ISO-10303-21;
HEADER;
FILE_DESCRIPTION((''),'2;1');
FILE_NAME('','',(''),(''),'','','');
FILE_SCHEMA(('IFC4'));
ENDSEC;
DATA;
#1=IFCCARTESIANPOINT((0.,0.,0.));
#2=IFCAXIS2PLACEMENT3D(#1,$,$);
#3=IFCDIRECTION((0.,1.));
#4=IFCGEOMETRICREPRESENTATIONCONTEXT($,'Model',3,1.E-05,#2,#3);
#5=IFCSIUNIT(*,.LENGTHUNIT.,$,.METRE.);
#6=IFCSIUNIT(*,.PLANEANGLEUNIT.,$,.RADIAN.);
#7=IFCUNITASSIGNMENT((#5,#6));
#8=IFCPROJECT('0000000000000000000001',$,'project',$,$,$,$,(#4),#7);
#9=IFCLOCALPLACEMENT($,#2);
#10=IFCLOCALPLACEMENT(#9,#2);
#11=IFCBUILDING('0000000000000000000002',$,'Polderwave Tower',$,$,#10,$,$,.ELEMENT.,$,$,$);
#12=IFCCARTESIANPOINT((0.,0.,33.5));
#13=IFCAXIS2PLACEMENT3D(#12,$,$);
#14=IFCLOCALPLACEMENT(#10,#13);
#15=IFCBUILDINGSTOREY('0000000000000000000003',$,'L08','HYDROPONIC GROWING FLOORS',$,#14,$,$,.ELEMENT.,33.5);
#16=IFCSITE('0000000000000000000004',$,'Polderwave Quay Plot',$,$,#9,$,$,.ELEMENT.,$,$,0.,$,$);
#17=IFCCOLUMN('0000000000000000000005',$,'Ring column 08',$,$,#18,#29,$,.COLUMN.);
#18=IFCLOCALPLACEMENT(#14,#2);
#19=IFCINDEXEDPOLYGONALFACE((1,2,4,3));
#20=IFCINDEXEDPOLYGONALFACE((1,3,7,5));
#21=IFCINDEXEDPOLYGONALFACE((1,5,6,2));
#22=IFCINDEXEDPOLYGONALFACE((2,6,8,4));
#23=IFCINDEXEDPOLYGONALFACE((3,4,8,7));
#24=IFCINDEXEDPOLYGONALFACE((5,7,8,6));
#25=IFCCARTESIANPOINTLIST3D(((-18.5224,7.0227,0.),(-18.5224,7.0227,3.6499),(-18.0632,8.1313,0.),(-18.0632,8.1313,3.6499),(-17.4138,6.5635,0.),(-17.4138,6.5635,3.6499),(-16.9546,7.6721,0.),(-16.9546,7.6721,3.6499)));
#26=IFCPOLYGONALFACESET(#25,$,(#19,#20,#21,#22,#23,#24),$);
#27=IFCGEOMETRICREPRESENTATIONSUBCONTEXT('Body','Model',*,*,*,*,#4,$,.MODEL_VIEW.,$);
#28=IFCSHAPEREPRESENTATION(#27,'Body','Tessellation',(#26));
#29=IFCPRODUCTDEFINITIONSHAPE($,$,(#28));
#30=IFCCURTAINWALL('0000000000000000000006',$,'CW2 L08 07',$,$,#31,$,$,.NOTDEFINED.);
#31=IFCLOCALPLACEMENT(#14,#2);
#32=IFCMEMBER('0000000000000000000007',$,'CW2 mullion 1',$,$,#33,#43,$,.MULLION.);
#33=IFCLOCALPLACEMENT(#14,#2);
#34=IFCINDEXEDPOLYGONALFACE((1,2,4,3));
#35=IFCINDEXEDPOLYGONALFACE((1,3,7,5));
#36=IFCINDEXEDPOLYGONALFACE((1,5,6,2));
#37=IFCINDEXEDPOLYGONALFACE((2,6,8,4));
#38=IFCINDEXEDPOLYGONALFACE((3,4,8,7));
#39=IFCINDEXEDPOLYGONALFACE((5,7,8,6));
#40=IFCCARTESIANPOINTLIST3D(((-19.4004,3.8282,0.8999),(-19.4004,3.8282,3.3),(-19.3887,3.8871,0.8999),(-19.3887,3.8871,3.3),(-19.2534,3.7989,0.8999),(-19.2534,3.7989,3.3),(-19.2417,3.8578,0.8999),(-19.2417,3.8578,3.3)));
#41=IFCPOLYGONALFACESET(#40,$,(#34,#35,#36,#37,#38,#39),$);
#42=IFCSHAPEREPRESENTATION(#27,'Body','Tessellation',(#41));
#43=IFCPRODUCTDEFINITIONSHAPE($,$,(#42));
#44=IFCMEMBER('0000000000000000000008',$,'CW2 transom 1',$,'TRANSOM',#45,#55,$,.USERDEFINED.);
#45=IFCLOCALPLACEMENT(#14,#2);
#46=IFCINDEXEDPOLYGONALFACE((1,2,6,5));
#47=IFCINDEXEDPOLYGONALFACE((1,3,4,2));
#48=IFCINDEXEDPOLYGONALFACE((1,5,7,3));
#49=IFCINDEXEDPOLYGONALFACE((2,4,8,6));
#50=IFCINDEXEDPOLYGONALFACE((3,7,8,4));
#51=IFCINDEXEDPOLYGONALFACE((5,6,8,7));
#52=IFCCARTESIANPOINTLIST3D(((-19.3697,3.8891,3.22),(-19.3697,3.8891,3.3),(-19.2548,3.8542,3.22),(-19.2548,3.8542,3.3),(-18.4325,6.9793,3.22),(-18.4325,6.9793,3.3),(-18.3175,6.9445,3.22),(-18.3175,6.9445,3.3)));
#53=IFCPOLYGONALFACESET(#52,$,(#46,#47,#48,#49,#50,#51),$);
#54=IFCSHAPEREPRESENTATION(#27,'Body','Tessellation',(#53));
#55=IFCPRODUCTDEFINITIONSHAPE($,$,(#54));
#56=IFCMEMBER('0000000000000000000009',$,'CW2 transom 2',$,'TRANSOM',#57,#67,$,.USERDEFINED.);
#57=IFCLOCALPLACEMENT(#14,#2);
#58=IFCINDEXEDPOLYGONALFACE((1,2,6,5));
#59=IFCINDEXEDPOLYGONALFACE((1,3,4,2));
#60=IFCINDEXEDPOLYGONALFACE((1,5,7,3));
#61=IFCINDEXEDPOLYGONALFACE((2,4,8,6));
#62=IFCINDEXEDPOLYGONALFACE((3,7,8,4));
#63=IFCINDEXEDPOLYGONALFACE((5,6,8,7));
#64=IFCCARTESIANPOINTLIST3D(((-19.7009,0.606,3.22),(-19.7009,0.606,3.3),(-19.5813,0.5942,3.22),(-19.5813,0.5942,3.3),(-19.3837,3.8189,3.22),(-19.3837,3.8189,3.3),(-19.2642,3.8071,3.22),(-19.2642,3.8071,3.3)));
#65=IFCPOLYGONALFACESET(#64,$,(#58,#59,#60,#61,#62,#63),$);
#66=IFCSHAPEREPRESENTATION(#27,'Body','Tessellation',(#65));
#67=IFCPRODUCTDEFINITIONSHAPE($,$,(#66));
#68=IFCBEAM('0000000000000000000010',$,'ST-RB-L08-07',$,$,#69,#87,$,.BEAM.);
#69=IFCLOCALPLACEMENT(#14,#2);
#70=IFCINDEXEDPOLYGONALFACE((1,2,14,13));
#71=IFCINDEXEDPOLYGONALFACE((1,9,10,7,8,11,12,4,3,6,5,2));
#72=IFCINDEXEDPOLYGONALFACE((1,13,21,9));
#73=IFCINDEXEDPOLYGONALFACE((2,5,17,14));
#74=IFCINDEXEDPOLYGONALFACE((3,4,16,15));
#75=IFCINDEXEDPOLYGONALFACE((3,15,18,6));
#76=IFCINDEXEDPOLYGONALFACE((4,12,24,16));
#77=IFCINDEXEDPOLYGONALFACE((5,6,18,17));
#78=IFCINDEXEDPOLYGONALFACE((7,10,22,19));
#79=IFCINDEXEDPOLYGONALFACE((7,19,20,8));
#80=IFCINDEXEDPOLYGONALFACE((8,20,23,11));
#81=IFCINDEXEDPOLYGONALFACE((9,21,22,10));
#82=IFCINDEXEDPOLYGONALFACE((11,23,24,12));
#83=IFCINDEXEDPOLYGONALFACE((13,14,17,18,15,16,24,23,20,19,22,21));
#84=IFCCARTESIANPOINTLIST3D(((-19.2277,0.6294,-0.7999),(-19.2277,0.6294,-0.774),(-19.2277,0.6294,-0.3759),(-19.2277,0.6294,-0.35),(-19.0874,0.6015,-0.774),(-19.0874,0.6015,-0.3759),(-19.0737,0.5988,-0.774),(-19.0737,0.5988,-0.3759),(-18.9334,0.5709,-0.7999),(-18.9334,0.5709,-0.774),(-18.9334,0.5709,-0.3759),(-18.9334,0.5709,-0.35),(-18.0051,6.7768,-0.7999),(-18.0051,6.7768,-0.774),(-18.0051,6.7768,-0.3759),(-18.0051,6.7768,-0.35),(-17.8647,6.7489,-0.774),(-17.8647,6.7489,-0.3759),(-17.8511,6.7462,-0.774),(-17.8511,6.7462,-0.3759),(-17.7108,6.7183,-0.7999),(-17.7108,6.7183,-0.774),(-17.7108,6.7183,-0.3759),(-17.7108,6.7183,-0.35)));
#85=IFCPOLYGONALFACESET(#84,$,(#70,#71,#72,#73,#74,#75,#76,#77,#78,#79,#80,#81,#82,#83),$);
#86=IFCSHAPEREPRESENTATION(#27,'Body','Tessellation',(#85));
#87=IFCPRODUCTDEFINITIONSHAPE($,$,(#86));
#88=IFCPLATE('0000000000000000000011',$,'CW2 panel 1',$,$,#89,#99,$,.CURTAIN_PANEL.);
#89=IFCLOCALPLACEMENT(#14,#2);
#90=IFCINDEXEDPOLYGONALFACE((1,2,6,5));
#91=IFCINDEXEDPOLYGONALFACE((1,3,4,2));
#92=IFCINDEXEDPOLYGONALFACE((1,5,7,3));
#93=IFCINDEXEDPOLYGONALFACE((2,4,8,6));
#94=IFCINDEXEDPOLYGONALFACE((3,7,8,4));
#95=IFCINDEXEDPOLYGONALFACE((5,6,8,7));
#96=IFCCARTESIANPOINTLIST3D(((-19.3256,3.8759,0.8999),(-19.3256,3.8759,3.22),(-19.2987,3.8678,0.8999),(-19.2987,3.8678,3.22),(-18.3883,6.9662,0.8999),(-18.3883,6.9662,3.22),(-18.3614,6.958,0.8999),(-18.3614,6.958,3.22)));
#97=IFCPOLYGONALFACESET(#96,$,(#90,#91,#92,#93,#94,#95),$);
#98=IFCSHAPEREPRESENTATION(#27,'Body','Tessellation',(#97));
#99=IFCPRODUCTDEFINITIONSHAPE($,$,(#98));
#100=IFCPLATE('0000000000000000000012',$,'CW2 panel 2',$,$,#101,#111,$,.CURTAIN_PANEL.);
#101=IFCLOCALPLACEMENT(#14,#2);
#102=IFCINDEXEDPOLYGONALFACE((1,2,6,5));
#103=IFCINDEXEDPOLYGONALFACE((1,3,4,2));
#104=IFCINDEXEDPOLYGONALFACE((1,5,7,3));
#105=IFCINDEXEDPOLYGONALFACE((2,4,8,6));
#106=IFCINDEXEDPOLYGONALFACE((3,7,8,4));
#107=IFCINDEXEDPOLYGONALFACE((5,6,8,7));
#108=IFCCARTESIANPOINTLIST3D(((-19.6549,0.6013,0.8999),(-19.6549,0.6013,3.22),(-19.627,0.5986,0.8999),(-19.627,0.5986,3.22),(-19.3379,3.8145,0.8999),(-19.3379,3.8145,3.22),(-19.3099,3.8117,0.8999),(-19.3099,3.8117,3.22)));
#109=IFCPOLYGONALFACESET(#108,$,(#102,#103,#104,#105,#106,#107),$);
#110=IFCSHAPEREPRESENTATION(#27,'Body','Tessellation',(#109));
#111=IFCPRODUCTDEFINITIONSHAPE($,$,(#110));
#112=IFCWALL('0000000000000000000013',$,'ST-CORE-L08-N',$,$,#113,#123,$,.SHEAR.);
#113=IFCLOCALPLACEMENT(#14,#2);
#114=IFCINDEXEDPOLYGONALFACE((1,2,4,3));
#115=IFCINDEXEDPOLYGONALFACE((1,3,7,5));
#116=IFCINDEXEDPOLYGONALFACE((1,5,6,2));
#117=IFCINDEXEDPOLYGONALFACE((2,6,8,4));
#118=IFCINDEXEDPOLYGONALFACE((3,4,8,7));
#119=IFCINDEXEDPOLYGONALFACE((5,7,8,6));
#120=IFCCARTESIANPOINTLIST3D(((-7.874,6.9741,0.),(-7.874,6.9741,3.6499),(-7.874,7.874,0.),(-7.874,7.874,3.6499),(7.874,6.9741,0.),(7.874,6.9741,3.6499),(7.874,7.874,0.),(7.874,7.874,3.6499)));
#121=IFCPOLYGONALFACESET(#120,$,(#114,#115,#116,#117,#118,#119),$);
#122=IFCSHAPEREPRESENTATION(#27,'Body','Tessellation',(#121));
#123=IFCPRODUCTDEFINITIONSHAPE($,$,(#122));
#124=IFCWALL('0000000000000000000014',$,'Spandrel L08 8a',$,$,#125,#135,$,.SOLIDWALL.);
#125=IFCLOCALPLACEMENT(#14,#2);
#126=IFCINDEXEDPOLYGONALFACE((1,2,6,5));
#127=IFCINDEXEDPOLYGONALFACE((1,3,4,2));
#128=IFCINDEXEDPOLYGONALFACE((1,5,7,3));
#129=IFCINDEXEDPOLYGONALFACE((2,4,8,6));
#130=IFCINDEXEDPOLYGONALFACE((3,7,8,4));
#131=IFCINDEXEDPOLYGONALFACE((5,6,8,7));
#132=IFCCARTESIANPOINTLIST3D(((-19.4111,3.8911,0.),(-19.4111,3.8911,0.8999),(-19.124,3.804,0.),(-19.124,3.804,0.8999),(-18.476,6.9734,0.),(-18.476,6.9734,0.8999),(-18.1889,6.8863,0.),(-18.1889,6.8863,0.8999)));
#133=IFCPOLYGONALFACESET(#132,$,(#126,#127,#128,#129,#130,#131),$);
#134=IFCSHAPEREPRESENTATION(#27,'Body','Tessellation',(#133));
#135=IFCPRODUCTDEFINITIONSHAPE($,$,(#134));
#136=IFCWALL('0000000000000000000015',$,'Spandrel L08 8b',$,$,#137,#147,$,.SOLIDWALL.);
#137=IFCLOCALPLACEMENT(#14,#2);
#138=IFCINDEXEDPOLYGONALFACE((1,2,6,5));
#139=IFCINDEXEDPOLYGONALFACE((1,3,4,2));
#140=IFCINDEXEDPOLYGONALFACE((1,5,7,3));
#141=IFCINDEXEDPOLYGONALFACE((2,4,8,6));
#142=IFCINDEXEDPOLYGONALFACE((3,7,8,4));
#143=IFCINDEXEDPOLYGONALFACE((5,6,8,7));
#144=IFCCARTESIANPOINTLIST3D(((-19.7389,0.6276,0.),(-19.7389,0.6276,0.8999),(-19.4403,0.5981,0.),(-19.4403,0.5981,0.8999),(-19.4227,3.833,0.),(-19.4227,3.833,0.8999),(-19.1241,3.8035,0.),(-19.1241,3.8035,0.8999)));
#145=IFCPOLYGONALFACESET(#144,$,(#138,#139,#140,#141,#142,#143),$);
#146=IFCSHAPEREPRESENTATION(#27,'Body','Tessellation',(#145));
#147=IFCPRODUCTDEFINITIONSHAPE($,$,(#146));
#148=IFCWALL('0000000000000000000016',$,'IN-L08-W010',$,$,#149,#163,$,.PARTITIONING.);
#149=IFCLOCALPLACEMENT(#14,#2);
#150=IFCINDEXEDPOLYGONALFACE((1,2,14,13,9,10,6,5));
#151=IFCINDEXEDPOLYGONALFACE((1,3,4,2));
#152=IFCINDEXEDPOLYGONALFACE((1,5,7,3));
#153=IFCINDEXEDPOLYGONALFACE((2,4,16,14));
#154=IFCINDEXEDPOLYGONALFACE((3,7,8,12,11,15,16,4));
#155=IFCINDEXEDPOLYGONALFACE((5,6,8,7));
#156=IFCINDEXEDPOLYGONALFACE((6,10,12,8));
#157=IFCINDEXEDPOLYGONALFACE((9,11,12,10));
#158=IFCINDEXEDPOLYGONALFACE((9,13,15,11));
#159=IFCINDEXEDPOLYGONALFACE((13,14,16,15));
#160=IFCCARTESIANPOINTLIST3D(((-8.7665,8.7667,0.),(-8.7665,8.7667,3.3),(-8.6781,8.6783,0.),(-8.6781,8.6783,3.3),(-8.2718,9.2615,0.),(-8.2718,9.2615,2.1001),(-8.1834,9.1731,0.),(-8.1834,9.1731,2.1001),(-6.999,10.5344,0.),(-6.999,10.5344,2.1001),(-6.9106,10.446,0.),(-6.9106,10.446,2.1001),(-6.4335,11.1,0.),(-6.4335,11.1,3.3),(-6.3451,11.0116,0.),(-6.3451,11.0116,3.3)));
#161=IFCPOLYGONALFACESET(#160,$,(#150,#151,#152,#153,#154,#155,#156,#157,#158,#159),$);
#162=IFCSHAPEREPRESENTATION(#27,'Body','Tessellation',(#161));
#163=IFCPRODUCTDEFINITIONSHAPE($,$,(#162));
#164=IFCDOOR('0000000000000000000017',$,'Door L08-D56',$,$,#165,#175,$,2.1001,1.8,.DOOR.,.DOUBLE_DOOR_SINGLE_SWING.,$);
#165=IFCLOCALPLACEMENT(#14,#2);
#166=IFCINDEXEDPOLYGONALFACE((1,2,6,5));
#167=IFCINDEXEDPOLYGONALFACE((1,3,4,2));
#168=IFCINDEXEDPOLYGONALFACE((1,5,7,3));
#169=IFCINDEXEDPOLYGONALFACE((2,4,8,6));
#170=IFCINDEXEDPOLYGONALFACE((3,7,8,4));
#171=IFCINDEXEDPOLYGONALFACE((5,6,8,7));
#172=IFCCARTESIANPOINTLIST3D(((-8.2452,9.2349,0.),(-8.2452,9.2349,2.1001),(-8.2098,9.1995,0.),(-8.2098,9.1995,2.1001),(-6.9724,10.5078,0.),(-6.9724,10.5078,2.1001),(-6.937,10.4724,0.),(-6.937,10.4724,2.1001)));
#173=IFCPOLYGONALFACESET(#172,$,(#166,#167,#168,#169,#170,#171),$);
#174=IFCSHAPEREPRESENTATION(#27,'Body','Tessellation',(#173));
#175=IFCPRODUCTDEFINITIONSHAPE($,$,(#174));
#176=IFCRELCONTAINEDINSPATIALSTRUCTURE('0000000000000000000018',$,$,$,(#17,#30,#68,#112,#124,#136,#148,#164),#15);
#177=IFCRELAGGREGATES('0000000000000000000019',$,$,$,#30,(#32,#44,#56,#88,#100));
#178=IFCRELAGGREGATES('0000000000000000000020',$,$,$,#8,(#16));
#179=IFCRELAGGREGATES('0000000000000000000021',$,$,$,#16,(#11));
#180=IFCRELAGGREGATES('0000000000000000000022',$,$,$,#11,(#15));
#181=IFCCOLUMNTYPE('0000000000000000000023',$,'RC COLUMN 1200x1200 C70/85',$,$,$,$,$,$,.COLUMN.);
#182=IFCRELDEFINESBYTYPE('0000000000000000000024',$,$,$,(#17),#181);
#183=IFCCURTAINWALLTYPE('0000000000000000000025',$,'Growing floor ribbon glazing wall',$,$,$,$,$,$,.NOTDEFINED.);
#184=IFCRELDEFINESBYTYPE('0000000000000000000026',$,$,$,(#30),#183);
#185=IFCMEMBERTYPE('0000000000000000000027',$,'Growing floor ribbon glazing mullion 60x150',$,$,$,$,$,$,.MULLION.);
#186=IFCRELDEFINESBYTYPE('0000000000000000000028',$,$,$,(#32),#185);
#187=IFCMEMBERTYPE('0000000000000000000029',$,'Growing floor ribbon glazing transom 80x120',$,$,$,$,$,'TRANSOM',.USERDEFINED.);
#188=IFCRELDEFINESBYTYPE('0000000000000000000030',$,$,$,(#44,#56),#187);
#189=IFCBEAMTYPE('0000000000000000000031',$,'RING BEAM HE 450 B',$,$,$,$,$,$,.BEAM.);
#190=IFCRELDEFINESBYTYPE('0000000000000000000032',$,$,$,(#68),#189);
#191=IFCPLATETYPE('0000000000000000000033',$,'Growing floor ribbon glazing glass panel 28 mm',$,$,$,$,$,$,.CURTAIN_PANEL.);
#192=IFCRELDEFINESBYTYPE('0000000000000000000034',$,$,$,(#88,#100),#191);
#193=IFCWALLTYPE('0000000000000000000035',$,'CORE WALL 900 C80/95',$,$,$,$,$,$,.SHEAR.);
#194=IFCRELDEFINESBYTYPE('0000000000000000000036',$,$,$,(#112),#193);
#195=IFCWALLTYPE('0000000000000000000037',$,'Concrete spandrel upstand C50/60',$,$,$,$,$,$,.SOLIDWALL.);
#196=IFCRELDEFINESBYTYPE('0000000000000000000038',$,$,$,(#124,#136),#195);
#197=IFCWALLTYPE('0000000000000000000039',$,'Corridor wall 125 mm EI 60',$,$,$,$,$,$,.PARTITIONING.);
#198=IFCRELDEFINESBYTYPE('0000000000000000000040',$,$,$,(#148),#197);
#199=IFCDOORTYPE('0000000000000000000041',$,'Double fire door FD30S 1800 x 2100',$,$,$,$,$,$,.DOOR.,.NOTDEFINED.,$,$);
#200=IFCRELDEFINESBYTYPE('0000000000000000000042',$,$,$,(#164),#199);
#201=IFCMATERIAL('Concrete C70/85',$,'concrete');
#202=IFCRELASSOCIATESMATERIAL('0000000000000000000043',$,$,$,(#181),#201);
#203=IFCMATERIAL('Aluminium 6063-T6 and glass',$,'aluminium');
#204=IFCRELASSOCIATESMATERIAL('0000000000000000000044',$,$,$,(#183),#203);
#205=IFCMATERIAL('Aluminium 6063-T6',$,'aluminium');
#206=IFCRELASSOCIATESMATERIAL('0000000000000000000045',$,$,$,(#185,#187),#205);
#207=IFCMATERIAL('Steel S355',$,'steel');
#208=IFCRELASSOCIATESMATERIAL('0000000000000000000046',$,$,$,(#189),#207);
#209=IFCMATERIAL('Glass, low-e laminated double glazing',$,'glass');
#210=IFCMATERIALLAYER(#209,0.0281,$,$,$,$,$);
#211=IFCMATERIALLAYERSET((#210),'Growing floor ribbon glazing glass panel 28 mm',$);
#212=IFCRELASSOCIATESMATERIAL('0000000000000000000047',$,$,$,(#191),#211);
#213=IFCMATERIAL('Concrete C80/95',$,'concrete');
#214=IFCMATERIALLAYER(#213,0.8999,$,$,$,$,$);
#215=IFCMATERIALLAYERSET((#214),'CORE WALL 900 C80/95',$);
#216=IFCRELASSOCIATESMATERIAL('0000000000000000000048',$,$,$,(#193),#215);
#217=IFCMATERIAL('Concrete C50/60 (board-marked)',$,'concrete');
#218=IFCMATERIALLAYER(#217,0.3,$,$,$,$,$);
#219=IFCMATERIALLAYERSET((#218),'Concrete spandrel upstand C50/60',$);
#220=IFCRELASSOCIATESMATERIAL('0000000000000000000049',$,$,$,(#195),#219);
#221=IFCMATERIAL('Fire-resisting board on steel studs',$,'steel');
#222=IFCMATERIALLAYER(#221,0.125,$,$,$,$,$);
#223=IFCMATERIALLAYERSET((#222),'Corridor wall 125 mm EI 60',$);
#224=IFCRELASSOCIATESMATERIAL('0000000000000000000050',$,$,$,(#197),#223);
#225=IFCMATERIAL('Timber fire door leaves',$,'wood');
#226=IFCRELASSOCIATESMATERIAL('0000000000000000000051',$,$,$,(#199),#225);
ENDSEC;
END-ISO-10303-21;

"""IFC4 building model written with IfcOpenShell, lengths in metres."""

from ifc_helpers import new_model, si_unit, direction, frame, frame_2d, origin, origin_2d, place, context, subcontext, project, spatial, rectangle, i_section, extrude, material, layer, layer_set, material_profile, profile_set, type_object, element, fill, aggregate, save


model = new_model("IFC4")

# Units and contexts
model_context = context("Model", 3, precision=1e-05, world=origin(), true_north=direction((0.0, 1.0)))
body_context = subcontext(model_context, "Body", "Model", "MODEL_VIEW")
ifc_project = project(units=[si_unit("LENGTHUNIT", "METRE"), si_unit("PLANEANGLEUNIT", "RADIAN")], contexts=[model_context])

# Site, building, storey
site_placement = place(None, origin())
site = spatial("IfcSite", under=ifc_project, at=site_placement, Name="Polderwave Quay Plot", CompositionType="ELEMENT", RefElevation=0.0)
building_placement = place(site_placement, origin())
building = spatial("IfcBuilding", under=site, at=building_placement, Name="Polderwave Tower", CompositionType="ELEMENT")
storey_placement = place(building_placement, frame((0.0, 0.0, 33.5)))
storey = spatial("IfcBuildingStorey", under=building, at=storey_placement, Name="L08", Description="HYDROPONIC GROWING FLOORS", CompositionType="ELEMENT", Elevation=33.5)

# Column
ifc_material_1 = material(Name="Concrete C70/85", Category="concrete")
ifc_material_profile_1 = material_profile(ifc_material_1, rectangle(XDim=1.2, YDim=1.2, at=origin_2d()), Name="RC 1200x1200")
ifc_profile_set_1 = profile_set([ifc_material_profile_1], Name="Concrete C70/85")
column_type = type_object("IfcColumnType", Name="RC COLUMN 1200x1200 C70/85", PredefinedType="COLUMN", material=ifc_profile_set_1)
column_placement = place(storey_placement, frame((-17.7385, 7.3474, 0.0), z_axis=(0.0, 0.0, 1.0), x_axis=(-0.92388, 0.382683, 0.0)))
element("IfcColumn", 1, at=column_placement, inside=storey, type_object=column_type, Name="Ring column 08", PredefinedType="COLUMN", context=body_context, shape_type="SweptSolid", body=[
    extrude(rectangle(XDim=1.2, YDim=1.2, at=origin_2d()), origin(), (0.0, 0.0, 1.0), 3.6499),
])

# Curtain wall, members
ifc_material_2 = material(Name="Aluminium 6063-T6 and glass", Category="aluminium")
curtain_wall_type = type_object("IfcCurtainWallType", Name="Growing floor ribbon glazing wall", PredefinedType="NOTDEFINED", material=ifc_material_2)
curtain_wall_placement = place(storey_placement, origin())
curtain_wall = element("IfcCurtainWall", 2, at=curtain_wall_placement, inside=storey, type_object=curtain_wall_type, Name="CW2 L08 07", PredefinedType="NOTDEFINED")
ifc_material_3 = material(Name="Aluminium 6063-T6", Category="aluminium")
ifc_material_profile_2 = material_profile(ifc_material_3, rectangle(XDim=0.1499, YDim=0.0601, at=origin_2d()), Name="AL 60x150")
ifc_profile_set_2 = profile_set([ifc_material_profile_2], Name="Aluminium 6063-T6")
member_type_1 = type_object("IfcMemberType", Name="Growing floor ribbon glazing mullion 60x150", PredefinedType="MULLION", material=ifc_profile_set_2)
member_1_placement = place(storey_placement, frame((-19.321, 3.843, 0.8999), z_axis=(0.0, 0.0, 1.0), x_axis=(0.980772, -0.195159, 0.0)))
member_1 = element("IfcMember", 3, at=member_1_placement, type_object=member_type_1, Name="CW2 mullion 1", PredefinedType="MULLION", context=body_context, shape_type="SweptSolid", body=[
    extrude(rectangle(XDim=0.1499, YDim=0.0601, at=origin_2d()), origin(), (0.0, 0.0, 1.0), 2.4001),
])
ifc_material_profile_3 = material_profile(ifc_material_3, rectangle(XDim=0.1201, YDim=0.0801, at=origin_2d()), Name="AL 80x120")
ifc_profile_set_3 = profile_set([ifc_material_profile_3], Name="Aluminium 6063-T6")
member_type_2 = type_object("IfcMemberType", Name="Growing floor ribbon glazing transom 80x120", ElementType="TRANSOM", PredefinedType="USERDEFINED", material=ifc_profile_set_3)
member_2_placement = place(storey_placement, frame((-18.375, 6.9619, 3.26), z_axis=(-0.290232, -0.956956, 0.0), x_axis=(0.956956, -0.290232, 0.0)))
member_2 = element("IfcMember", 4, at=member_2_placement, type_object=member_type_2, Name="CW2 transom 1", ObjectType="TRANSOM", PredefinedType="USERDEFINED", context=body_context, shape_type="SweptSolid", body=[
    extrude(rectangle(XDim=0.1201, YDim=0.0801, at=origin_2d()), origin(), (0.0, 0.0, 1.0), 3.2292),
])
member_3_placement = place(storey_placement, frame((-19.324, 3.813, 3.26), z_axis=(-0.098231, -0.995164, 0.0), x_axis=(0.995164, -0.098231, 0.0)))
member_3 = element("IfcMember", 5, at=member_3_placement, type_object=member_type_2, Name="CW2 transom 2", ObjectType="TRANSOM", PredefinedType="USERDEFINED", context=body_context, shape_type="SweptSolid", body=[
    extrude(rectangle(XDim=0.1201, YDim=0.0801, at=origin_2d()), origin(), (0.0, 0.0, 1.0), 3.2285),
])

# Beam
ifc_material_4 = material(Name="Steel S355", Category="steel")
ifc_material_profile_4 = material_profile(ifc_material_4, i_section(OverallWidth=0.3, OverallDepth=0.45, WebThickness=0.0139, FlangeThickness=0.0259, at=origin_2d()), Name="HE 450 B")
ifc_profile_set_4 = profile_set([ifc_material_profile_4], Name="Steel S355")
beam_type = type_object("IfcBeamType", Name="RING BEAM HE 450 B", PredefinedType="BEAM", material=ifc_profile_set_4)
beam_placement = place(storey_placement, frame((-17.8579, 6.7476, -0.575), z_axis=(-0.195067, -0.98079, 0.0), x_axis=(0.98079, -0.195067, 0.0)))
element("IfcBeam", 6, at=beam_placement, inside=storey, type_object=beam_type, Name="ST-RB-L08-07", PredefinedType="BEAM", context=body_context, shape_type="SweptSolid", body=[
    extrude(i_section(OverallWidth=0.3, OverallDepth=0.45, WebThickness=0.0139, FlangeThickness=0.0259, at=origin_2d()), origin(), (0.0, 0.0, 1.0), 6.2678),
])

# Plates
ifc_material_5 = material(Name="Glass, low-e laminated double glazing", Category="glass")
ifc_layer_1 = layer(ifc_material_5, 0.0281)
ifc_layer_set_1 = layer_set([ifc_layer_1], Name="Growing floor ribbon glazing glass panel 28 mm")
plate_type = type_object("IfcPlateType", Name="Growing floor ribbon glazing glass panel 28 mm", PredefinedType="CURTAIN_PANEL", material=ifc_layer_set_1)
plate_1_placement = place(storey_placement, frame((-18.8435, 5.417, 0.8999), z_axis=(0.0, 0.0, 1.0), x_axis=(-0.290246, -0.956952, 0.0)))
plate_1 = element("IfcPlate", 7, at=plate_1_placement, type_object=plate_type, Name="CW2 panel 1", PredefinedType="CURTAIN_PANEL", context=body_context, shape_type="SweptSolid", body=[
    extrude(rectangle(XDim=3.2292, YDim=0.0281, at=origin_2d()), origin(), (0.0, 0.0, 1.0), 2.3201),
])
plate_2_placement = place(storey_placement, frame((-19.4824, 2.2065, 0.8999), z_axis=(0.0, 0.0, 1.0), x_axis=(-0.098198, -0.995167, 0.0)))
plate_2 = element("IfcPlate", 8, at=plate_2_placement, type_object=plate_type, Name="CW2 panel 2", PredefinedType="CURTAIN_PANEL", context=body_context, shape_type="SweptSolid", body=[
    extrude(rectangle(XDim=3.2288, YDim=0.0281, at=origin_2d()), origin(), (0.0, 0.0, 1.0), 2.3201),
])
aggregate(curtain_wall, [member_1, member_2, member_3, plate_1, plate_2])

# Walls
ifc_material_6 = material(Name="Concrete C80/95", Category="concrete")
ifc_layer_2 = layer(ifc_material_6, 0.8999)
ifc_layer_set_2 = layer_set([ifc_layer_2], Name="CORE WALL 900 C80/95")
wall_type_1 = type_object("IfcWallType", Name="CORE WALL 900 C80/95", PredefinedType="SHEAR", material=ifc_layer_set_2)
wall_1_placement = place(storey_placement, frame((-7.874, 7.4241, 0.0), z_axis=(0.0, 0.0, 1.0), x_axis=(1.0, 0.0, 0.0)))
element("IfcWall", 9, at=wall_1_placement, inside=storey, type_object=wall_type_1, Name="ST-CORE-L08-N", PredefinedType="SHEAR", context=body_context, shape_type="SweptSolid", body=[
    extrude(rectangle(XDim=15.748, YDim=0.8999, at=frame_2d((7.874, 0.0))), origin(), (0.0, 0.0, 1.0), 3.6499),
])
ifc_material_7 = material(Name="Concrete C50/60 (board-marked)", Category="concrete")
ifc_layer_3 = layer(ifc_material_7, 0.3)
ifc_layer_set_3 = layer_set([ifc_layer_3], Name="Concrete spandrel upstand C50/60")
wall_type_2 = type_object("IfcWallType", Name="Concrete spandrel upstand C50/60", PredefinedType="SOLIDWALL", material=ifc_layer_set_3)
for number, where, z_axis, x_axis, name in (
    (10, (-18.3325, 6.9297, 0.0), (0.0, 0.0, 1.0), (-0.290302, -0.956935, 0.0), "Spandrel L08 8a"),
    (11, (-19.2734, 3.8181, 0.0), (0.0, 0.0, 1.0), (-0.09816, -0.995171, 0.0), "Spandrel L08 8b"),
):
    element("IfcWall", number, at=place(storey_placement, frame(where, z_axis=z_axis, x_axis=x_axis)), inside=storey, type_object=wall_type_2, Name=name, PredefinedType="SOLIDWALL", context=body_context, shape_type="SweptSolid", body=[
        extrude(rectangle(XDim=3.2209, YDim=0.3, at=frame_2d((1.6104, 0.0))), origin(), (0.0, 0.0, 1.0), 0.8999),
    ])

# Wall, opening, door
ifc_material_8 = material(Name="Fire-resisting board on steel studs", Category="steel")
ifc_layer_4 = layer(ifc_material_8, 0.125)
ifc_layer_set_4 = layer_set([ifc_layer_4], Name="Corridor wall 125 mm EI 60")
wall_type_3 = type_object("IfcWallType", Name="Corridor wall 125 mm EI 60", PredefinedType="PARTITIONING", material=ifc_layer_set_4)
wall_2_placement = place(storey_placement, frame((-8.7224, 8.7224, 0.0), z_axis=(0.0, 0.0, 1.0), x_axis=(0.70707, 0.707144, 0.0)))
wall_2 = element("IfcWall", 12, at=wall_2_placement, inside=storey, type_object=wall_type_3, Name="IN-L08-W010", PredefinedType="PARTITIONING", context=body_context, shape_type="SweptSolid", body=[
    extrude(rectangle(XDim=3.2996, YDim=0.125, at=frame_2d((1.6499, 0.0))), origin(), (0.0, 0.0, 1.0), 3.3),
])
opening_1_placement = place(wall_2_placement, frame((0.7, 0.0, 0.0)))
opening_1 = element("IfcOpeningElement", 13, at=opening_1_placement, cuts=wall_2, PredefinedType="OPENING", context=body_context, shape_type="SweptSolid", body=[
    extrude(rectangle(XDim=1.8, YDim=2.1001, at=frame_2d((0.8999, 1.05))), frame((0.0, 0.0725, 0.0), z_axis=(0.0, -1.0, 0.0), x_axis=(1.0, 0.0, 0.0)), (0.0, 0.0, 1.0), 0.145),
])
ifc_material_9 = material(Name="Timber fire door leaves", Category="wood")
door_type_1 = type_object("IfcDoorType", Name="Double fire door FD30S 1800 x 2100", OperationType="NOTDEFINED", PredefinedType="DOOR", material=ifc_material_9)
door_1_placement = place(opening_1_placement, origin())
door_1 = element("IfcDoor", 14, at=door_1_placement, inside=storey, type_object=door_type_1, Name="Door L08-D56", OperationType="DOUBLE_DOOR_SINGLE_SWING", OverallHeight=2.1001, OverallWidth=1.8, PredefinedType="DOOR", context=body_context, shape_type="SweptSolid", body=[
    extrude(rectangle(XDim=1.8, YDim=2.1001, at=frame_2d((0.8999, 1.05))), frame((0.0, 0.0249, 0.0), z_axis=(0.0, -1.0, 0.0), x_axis=(1.0, 0.0, 0.0)), (0.0, 0.0, 1.0), 0.05),
])
fill(opening_1, door_1)

save(model, "model.ifc")
